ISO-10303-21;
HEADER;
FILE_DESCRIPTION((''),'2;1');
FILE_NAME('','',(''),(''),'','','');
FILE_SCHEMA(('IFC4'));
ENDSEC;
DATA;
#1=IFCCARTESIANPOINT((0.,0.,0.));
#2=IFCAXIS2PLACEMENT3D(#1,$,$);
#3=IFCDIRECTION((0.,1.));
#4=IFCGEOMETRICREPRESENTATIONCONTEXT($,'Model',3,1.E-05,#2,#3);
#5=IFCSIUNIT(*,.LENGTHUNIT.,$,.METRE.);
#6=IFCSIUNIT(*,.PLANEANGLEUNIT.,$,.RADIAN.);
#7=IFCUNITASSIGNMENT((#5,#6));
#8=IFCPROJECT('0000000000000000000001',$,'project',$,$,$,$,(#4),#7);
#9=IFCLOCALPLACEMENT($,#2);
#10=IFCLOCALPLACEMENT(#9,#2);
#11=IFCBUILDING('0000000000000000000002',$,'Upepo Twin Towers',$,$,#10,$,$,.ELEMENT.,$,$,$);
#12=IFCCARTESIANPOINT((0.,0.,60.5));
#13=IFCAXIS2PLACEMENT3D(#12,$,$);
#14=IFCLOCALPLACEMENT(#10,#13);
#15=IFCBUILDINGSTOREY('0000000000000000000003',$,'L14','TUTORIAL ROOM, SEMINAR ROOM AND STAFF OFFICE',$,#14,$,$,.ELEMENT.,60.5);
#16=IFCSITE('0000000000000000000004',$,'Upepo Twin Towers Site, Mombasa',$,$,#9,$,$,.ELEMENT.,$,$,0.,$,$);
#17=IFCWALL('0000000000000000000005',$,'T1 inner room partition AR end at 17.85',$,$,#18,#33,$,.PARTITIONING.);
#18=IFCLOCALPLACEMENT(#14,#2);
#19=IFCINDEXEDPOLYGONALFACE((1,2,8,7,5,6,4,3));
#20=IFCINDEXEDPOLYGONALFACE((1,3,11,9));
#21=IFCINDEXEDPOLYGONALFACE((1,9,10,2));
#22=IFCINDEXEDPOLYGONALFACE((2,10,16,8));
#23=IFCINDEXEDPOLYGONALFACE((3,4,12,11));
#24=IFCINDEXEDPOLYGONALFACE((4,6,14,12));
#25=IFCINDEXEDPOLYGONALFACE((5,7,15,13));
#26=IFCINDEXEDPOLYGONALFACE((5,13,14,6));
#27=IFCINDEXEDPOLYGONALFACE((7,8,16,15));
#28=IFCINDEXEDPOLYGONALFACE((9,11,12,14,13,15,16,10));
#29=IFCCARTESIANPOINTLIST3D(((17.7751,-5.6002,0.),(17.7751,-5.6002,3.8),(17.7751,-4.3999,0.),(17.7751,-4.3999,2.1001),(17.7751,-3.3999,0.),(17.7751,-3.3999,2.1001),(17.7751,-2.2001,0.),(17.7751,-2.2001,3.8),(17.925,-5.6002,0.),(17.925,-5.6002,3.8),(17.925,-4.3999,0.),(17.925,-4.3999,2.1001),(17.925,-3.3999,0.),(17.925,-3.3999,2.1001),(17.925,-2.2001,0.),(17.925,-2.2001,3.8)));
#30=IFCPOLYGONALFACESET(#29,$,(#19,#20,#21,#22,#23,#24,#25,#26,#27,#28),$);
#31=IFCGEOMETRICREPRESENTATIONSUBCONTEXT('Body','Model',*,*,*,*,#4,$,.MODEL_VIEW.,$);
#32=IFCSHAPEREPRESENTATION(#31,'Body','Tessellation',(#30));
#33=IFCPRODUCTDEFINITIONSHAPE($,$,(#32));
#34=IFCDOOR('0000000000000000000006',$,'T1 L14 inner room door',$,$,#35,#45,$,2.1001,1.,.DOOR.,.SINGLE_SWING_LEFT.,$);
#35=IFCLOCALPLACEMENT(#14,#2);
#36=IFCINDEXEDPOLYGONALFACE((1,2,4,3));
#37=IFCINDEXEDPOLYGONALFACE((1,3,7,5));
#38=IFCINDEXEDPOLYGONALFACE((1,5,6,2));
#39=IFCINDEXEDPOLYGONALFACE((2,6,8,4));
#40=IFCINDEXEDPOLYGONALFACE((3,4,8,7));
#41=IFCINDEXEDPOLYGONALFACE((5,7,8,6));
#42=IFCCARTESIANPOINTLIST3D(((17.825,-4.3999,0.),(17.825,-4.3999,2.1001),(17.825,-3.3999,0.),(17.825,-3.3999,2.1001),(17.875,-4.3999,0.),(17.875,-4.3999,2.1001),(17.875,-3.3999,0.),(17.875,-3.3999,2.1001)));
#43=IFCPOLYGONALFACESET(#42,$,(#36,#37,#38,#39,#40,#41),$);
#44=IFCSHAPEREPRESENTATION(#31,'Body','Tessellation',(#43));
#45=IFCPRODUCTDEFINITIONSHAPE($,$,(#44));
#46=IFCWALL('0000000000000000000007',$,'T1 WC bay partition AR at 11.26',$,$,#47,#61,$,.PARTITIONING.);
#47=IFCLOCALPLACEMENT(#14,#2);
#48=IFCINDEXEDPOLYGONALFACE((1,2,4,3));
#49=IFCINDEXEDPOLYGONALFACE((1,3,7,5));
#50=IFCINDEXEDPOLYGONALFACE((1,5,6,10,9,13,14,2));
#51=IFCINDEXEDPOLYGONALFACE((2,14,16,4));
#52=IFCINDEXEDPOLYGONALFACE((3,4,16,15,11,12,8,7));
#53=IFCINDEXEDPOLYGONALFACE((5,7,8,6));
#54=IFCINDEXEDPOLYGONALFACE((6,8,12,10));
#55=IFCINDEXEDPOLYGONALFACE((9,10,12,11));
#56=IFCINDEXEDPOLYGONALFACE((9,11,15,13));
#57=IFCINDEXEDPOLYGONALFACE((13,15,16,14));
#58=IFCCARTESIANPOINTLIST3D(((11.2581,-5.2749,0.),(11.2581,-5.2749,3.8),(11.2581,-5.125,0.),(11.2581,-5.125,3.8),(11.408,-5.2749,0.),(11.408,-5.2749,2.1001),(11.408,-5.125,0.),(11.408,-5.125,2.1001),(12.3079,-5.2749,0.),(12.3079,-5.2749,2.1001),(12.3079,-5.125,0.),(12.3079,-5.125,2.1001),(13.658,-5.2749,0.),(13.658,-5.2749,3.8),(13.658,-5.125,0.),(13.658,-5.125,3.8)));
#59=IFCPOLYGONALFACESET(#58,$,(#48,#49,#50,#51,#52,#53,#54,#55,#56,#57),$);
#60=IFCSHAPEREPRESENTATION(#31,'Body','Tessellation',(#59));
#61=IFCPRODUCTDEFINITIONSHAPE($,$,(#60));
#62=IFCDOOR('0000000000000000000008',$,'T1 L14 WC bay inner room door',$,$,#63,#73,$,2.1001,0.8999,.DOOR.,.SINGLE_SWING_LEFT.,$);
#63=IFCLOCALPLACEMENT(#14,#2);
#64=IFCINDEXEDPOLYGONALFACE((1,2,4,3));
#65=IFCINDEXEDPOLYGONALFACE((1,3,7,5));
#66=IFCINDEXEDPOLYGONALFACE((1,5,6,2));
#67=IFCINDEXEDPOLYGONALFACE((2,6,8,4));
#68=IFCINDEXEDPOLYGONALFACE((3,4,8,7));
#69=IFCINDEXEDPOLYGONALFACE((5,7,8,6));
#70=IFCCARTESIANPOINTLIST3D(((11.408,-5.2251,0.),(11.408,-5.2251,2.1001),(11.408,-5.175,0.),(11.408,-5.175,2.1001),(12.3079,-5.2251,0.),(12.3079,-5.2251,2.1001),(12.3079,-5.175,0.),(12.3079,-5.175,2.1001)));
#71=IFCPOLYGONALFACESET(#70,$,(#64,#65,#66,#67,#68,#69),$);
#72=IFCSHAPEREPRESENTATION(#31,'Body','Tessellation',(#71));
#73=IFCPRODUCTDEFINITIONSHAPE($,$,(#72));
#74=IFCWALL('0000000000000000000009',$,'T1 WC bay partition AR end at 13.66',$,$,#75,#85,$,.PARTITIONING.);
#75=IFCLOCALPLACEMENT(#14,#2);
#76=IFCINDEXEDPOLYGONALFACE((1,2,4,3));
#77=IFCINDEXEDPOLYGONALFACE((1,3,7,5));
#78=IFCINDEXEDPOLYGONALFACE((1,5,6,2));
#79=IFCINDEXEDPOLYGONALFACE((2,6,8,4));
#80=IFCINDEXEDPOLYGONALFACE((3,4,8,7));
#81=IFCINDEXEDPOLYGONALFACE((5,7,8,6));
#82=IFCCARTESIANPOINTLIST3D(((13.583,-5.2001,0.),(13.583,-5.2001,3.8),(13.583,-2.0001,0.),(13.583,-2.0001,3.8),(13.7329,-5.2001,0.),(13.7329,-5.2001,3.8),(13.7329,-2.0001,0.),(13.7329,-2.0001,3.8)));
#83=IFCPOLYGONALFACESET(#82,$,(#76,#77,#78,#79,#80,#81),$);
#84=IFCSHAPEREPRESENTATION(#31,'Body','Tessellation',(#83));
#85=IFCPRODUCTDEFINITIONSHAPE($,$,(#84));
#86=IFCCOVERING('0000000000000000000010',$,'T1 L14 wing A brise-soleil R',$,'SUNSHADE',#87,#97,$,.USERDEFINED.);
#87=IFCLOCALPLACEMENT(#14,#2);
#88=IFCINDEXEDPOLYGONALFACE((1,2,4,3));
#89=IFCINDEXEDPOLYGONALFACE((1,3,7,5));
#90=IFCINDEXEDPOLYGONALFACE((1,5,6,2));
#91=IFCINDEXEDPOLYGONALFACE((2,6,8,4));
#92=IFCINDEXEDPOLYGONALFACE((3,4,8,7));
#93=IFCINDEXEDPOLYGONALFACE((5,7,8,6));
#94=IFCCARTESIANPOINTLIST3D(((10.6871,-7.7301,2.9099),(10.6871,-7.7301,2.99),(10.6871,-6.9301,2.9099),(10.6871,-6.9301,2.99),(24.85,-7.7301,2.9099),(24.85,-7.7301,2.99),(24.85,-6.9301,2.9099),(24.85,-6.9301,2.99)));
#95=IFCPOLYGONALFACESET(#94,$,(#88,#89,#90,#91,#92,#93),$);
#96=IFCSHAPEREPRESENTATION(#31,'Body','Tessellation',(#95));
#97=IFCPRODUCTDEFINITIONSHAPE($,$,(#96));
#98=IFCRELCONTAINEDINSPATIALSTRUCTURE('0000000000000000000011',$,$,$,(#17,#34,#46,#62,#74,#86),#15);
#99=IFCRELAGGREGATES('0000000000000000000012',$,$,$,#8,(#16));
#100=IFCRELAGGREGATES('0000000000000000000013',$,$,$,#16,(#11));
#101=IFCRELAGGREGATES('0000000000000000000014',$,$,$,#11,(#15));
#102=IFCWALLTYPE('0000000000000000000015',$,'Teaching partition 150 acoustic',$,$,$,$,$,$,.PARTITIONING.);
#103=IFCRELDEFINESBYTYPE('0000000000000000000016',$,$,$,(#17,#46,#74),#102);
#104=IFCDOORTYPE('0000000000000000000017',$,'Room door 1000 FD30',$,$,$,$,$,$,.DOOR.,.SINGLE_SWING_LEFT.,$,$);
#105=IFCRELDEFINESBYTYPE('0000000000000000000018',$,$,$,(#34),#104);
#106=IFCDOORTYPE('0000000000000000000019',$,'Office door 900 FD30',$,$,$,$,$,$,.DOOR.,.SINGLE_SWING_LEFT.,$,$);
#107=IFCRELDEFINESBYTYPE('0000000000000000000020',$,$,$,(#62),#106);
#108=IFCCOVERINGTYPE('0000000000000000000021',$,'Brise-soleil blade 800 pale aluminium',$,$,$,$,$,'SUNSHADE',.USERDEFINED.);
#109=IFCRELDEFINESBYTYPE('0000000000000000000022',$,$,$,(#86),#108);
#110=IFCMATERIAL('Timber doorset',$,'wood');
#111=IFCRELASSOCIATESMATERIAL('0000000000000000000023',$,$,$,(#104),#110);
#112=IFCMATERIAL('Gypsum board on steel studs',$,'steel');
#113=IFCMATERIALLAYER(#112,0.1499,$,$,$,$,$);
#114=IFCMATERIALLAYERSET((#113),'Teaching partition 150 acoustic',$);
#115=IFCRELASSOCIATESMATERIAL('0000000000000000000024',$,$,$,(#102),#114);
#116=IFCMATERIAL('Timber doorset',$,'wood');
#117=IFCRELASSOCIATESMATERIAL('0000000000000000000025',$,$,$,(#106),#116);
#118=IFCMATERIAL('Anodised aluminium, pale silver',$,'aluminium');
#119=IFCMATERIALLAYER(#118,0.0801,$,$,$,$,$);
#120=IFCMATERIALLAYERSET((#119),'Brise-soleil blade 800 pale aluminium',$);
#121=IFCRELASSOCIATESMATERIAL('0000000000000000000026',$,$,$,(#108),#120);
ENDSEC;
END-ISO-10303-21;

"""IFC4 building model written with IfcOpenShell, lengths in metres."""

from ifc_helpers import new_model, si_unit, direction, frame, frame_2d, origin, origin_2d, place, context, subcontext, project, spatial, rectangle, extrude, material, layer, layer_set, type_object, element, fill, save


model = new_model("IFC4")

# Units and contexts
model_context = context("Model", 3, precision=1e-05, world=origin(), true_north=direction((0.0, 1.0)))
body_context = subcontext(model_context, "Body", "Model", "MODEL_VIEW")
ifc_project = project(units=[si_unit("LENGTHUNIT", "METRE"), si_unit("PLANEANGLEUNIT", "RADIAN")], contexts=[model_context])

# Site, building, storey
site_placement = place(None, origin())
site = spatial("IfcSite", under=ifc_project, at=site_placement, Name="Upepo Twin Towers Site, Mombasa", CompositionType="ELEMENT", RefElevation=0.0)
building_placement = place(site_placement, origin())
building = spatial("IfcBuilding", under=site, at=building_placement, Name="Upepo Twin Towers", CompositionType="ELEMENT")
storey_placement = place(building_placement, frame((0.0, 0.0, 60.5)))
storey = spatial("IfcBuildingStorey", under=building, at=storey_placement, Name="L14", Description="TUTORIAL ROOM, SEMINAR ROOM AND STAFF OFFICE", CompositionType="ELEMENT", Elevation=60.5)

# Shared definitions
ifc_material_1 = material(Name="Timber doorset", Category="wood")
door_type_1 = type_object("IfcDoorType", Name="Room door 1000 FD30", OperationType="SINGLE_SWING_LEFT", PredefinedType="DOOR", material=ifc_material_1)

# Shared definitions
ifc_material_2 = material(Name="Gypsum board on steel studs", Category="steel")
ifc_layer_1 = layer(ifc_material_2, 0.1499)
ifc_layer_set_1 = layer_set([ifc_layer_1], Name="Teaching partition 150 acoustic")
wall_type_1 = type_object("IfcWallType", Name="Teaching partition 150 acoustic", PredefinedType="PARTITIONING", material=ifc_layer_set_1)

# Walls, openings, doors
wall_1_placement = place(storey_placement, frame((17.8501, -2.2, 0.0), z_axis=(0.0, 0.0, 1.0), x_axis=(0.0, -1.0, 0.0)))
wall_1 = element("IfcWall", 1, at=wall_1_placement, inside=storey, type_object=wall_type_1, Name="T1 inner room partition AR end at 17.85", PredefinedType="PARTITIONING", context=body_context, shape_type="SweptSolid", body=[
    extrude(rectangle(XDim=3.4001, YDim=0.1499, at=frame_2d((1.7002, 0.0))), origin(), (0.0, 0.0, 1.0), 3.8),
])
opening_1_placement = place(wall_1_placement, frame((1.2, 0.0, 0.0)))
opening_1 = element("IfcOpeningElement", 2, at=opening_1_placement, cuts=wall_1, PredefinedType="OPENING", context=body_context, shape_type="SweptSolid", body=[
    extrude(rectangle(XDim=1.0, YDim=2.1001, at=frame_2d((0.5, 1.05))), frame((0.0, 0.085, 0.0), z_axis=(0.0, -1.0, 0.0), x_axis=(1.0, 0.0, 0.0)), (0.0, 0.0, 1.0), 0.1699),
])
door_1_placement = place(opening_1_placement, origin())
door_1 = element("IfcDoor", 3, at=door_1_placement, inside=storey, type_object=door_type_1, Name="T1 L14 inner room door", OperationType="SINGLE_SWING_LEFT", OverallHeight=2.1001, OverallWidth=1.0, PredefinedType="DOOR", context=body_context, shape_type="SweptSolid", body=[
    extrude(rectangle(XDim=1.0, YDim=2.1001, at=frame_2d((0.5, 1.05))), frame((0.0, 0.0249, 0.0), z_axis=(0.0, -1.0, 0.0), x_axis=(1.0, 0.0, 0.0)), (0.0, 0.0, 1.0), 0.05),
])
fill(opening_1, door_1)
wall_2_placement = place(storey_placement, frame((11.2581, -5.2, 0.0), z_axis=(0.0, 0.0, 1.0), x_axis=(1.0, 0.0, 0.0)))
wall_2 = element("IfcWall", 4, at=wall_2_placement, inside=storey, type_object=wall_type_1, Name="T1 WC bay partition AR at 11.26", PredefinedType="PARTITIONING", context=body_context, shape_type="SweptSolid", body=[
    extrude(rectangle(XDim=2.3999, YDim=0.1499, at=frame_2d((1.2, 0.0))), origin(), (0.0, 0.0, 1.0), 3.8),
])
opening_2_placement = place(wall_2_placement, frame((0.1499, 0.0, 0.0)))
opening_2 = element("IfcOpeningElement", 5, at=opening_2_placement, cuts=wall_2, PredefinedType="OPENING", context=body_context, shape_type="SweptSolid", body=[
    extrude(rectangle(XDim=0.8999, YDim=2.1001, at=frame_2d((0.45, 1.05))), frame((0.0, 0.085, 0.0), z_axis=(0.0, -1.0, 0.0), x_axis=(1.0, 0.0, 0.0)), (0.0, 0.0, 1.0), 0.1699),
])
ifc_material_3 = material(Name="Timber doorset", Category="wood")
door_type_2 = type_object("IfcDoorType", Name="Office door 900 FD30", OperationType="SINGLE_SWING_LEFT", PredefinedType="DOOR", material=ifc_material_3)
door_2_placement = place(opening_2_placement, origin())
door_2 = element("IfcDoor", 6, at=door_2_placement, inside=storey, type_object=door_type_2, Name="T1 L14 WC bay inner room door", OperationType="SINGLE_SWING_LEFT", OverallHeight=2.1001, OverallWidth=0.8999, PredefinedType="DOOR", context=body_context, shape_type="SweptSolid", body=[
    extrude(rectangle(XDim=0.8999, YDim=2.1001, at=frame_2d((0.45, 1.05))), frame((0.0, 0.0249, 0.0), z_axis=(0.0, -1.0, 0.0), x_axis=(1.0, 0.0, 0.0)), (0.0, 0.0, 1.0), 0.05),
])
fill(opening_2, door_2)

# Wall
wall_3_placement = place(storey_placement, frame((13.658, -2.0, 0.0), z_axis=(0.0, 0.0, 1.0), x_axis=(0.0, -1.0, 0.0)))
element("IfcWall", 7, at=wall_3_placement, inside=storey, type_object=wall_type_1, Name="T1 WC bay partition AR end at 13.66", PredefinedType="PARTITIONING", context=body_context, shape_type="SweptSolid", body=[
    extrude(rectangle(XDim=3.2, YDim=0.1499, at=frame_2d((1.6001, 0.0))), origin(), (0.0, 0.0, 1.0), 3.8),
])

# Covering
ifc_material_4 = material(Name="Anodised aluminium, pale silver", Category="aluminium")
ifc_layer_2 = layer(ifc_material_4, 0.0801)
ifc_layer_set_2 = layer_set([ifc_layer_2], Name="Brise-soleil blade 800 pale aluminium")
covering_type = type_object("IfcCoveringType", Name="Brise-soleil blade 800 pale aluminium", ElementType="SUNSHADE", PredefinedType="USERDEFINED", material=ifc_layer_set_2)
covering_placement = place(storey_placement, frame((17.7686, -7.3301, 2.9099), z_axis=(0.0, 0.0, 1.0), x_axis=(1.0, 0.0, 0.0)))
element("IfcCovering", 8, at=covering_placement, inside=storey, type_object=covering_type, Name="T1 L14 wing A brise-soleil R", ObjectType="SUNSHADE", PredefinedType="USERDEFINED", context=body_context, shape_type="SweptSolid", body=[
    extrude(rectangle(XDim=14.1628, YDim=0.8, at=origin_2d()), origin(), (0.0, 0.0, 1.0), 0.0801),
])

save(model, "model.ifc")
